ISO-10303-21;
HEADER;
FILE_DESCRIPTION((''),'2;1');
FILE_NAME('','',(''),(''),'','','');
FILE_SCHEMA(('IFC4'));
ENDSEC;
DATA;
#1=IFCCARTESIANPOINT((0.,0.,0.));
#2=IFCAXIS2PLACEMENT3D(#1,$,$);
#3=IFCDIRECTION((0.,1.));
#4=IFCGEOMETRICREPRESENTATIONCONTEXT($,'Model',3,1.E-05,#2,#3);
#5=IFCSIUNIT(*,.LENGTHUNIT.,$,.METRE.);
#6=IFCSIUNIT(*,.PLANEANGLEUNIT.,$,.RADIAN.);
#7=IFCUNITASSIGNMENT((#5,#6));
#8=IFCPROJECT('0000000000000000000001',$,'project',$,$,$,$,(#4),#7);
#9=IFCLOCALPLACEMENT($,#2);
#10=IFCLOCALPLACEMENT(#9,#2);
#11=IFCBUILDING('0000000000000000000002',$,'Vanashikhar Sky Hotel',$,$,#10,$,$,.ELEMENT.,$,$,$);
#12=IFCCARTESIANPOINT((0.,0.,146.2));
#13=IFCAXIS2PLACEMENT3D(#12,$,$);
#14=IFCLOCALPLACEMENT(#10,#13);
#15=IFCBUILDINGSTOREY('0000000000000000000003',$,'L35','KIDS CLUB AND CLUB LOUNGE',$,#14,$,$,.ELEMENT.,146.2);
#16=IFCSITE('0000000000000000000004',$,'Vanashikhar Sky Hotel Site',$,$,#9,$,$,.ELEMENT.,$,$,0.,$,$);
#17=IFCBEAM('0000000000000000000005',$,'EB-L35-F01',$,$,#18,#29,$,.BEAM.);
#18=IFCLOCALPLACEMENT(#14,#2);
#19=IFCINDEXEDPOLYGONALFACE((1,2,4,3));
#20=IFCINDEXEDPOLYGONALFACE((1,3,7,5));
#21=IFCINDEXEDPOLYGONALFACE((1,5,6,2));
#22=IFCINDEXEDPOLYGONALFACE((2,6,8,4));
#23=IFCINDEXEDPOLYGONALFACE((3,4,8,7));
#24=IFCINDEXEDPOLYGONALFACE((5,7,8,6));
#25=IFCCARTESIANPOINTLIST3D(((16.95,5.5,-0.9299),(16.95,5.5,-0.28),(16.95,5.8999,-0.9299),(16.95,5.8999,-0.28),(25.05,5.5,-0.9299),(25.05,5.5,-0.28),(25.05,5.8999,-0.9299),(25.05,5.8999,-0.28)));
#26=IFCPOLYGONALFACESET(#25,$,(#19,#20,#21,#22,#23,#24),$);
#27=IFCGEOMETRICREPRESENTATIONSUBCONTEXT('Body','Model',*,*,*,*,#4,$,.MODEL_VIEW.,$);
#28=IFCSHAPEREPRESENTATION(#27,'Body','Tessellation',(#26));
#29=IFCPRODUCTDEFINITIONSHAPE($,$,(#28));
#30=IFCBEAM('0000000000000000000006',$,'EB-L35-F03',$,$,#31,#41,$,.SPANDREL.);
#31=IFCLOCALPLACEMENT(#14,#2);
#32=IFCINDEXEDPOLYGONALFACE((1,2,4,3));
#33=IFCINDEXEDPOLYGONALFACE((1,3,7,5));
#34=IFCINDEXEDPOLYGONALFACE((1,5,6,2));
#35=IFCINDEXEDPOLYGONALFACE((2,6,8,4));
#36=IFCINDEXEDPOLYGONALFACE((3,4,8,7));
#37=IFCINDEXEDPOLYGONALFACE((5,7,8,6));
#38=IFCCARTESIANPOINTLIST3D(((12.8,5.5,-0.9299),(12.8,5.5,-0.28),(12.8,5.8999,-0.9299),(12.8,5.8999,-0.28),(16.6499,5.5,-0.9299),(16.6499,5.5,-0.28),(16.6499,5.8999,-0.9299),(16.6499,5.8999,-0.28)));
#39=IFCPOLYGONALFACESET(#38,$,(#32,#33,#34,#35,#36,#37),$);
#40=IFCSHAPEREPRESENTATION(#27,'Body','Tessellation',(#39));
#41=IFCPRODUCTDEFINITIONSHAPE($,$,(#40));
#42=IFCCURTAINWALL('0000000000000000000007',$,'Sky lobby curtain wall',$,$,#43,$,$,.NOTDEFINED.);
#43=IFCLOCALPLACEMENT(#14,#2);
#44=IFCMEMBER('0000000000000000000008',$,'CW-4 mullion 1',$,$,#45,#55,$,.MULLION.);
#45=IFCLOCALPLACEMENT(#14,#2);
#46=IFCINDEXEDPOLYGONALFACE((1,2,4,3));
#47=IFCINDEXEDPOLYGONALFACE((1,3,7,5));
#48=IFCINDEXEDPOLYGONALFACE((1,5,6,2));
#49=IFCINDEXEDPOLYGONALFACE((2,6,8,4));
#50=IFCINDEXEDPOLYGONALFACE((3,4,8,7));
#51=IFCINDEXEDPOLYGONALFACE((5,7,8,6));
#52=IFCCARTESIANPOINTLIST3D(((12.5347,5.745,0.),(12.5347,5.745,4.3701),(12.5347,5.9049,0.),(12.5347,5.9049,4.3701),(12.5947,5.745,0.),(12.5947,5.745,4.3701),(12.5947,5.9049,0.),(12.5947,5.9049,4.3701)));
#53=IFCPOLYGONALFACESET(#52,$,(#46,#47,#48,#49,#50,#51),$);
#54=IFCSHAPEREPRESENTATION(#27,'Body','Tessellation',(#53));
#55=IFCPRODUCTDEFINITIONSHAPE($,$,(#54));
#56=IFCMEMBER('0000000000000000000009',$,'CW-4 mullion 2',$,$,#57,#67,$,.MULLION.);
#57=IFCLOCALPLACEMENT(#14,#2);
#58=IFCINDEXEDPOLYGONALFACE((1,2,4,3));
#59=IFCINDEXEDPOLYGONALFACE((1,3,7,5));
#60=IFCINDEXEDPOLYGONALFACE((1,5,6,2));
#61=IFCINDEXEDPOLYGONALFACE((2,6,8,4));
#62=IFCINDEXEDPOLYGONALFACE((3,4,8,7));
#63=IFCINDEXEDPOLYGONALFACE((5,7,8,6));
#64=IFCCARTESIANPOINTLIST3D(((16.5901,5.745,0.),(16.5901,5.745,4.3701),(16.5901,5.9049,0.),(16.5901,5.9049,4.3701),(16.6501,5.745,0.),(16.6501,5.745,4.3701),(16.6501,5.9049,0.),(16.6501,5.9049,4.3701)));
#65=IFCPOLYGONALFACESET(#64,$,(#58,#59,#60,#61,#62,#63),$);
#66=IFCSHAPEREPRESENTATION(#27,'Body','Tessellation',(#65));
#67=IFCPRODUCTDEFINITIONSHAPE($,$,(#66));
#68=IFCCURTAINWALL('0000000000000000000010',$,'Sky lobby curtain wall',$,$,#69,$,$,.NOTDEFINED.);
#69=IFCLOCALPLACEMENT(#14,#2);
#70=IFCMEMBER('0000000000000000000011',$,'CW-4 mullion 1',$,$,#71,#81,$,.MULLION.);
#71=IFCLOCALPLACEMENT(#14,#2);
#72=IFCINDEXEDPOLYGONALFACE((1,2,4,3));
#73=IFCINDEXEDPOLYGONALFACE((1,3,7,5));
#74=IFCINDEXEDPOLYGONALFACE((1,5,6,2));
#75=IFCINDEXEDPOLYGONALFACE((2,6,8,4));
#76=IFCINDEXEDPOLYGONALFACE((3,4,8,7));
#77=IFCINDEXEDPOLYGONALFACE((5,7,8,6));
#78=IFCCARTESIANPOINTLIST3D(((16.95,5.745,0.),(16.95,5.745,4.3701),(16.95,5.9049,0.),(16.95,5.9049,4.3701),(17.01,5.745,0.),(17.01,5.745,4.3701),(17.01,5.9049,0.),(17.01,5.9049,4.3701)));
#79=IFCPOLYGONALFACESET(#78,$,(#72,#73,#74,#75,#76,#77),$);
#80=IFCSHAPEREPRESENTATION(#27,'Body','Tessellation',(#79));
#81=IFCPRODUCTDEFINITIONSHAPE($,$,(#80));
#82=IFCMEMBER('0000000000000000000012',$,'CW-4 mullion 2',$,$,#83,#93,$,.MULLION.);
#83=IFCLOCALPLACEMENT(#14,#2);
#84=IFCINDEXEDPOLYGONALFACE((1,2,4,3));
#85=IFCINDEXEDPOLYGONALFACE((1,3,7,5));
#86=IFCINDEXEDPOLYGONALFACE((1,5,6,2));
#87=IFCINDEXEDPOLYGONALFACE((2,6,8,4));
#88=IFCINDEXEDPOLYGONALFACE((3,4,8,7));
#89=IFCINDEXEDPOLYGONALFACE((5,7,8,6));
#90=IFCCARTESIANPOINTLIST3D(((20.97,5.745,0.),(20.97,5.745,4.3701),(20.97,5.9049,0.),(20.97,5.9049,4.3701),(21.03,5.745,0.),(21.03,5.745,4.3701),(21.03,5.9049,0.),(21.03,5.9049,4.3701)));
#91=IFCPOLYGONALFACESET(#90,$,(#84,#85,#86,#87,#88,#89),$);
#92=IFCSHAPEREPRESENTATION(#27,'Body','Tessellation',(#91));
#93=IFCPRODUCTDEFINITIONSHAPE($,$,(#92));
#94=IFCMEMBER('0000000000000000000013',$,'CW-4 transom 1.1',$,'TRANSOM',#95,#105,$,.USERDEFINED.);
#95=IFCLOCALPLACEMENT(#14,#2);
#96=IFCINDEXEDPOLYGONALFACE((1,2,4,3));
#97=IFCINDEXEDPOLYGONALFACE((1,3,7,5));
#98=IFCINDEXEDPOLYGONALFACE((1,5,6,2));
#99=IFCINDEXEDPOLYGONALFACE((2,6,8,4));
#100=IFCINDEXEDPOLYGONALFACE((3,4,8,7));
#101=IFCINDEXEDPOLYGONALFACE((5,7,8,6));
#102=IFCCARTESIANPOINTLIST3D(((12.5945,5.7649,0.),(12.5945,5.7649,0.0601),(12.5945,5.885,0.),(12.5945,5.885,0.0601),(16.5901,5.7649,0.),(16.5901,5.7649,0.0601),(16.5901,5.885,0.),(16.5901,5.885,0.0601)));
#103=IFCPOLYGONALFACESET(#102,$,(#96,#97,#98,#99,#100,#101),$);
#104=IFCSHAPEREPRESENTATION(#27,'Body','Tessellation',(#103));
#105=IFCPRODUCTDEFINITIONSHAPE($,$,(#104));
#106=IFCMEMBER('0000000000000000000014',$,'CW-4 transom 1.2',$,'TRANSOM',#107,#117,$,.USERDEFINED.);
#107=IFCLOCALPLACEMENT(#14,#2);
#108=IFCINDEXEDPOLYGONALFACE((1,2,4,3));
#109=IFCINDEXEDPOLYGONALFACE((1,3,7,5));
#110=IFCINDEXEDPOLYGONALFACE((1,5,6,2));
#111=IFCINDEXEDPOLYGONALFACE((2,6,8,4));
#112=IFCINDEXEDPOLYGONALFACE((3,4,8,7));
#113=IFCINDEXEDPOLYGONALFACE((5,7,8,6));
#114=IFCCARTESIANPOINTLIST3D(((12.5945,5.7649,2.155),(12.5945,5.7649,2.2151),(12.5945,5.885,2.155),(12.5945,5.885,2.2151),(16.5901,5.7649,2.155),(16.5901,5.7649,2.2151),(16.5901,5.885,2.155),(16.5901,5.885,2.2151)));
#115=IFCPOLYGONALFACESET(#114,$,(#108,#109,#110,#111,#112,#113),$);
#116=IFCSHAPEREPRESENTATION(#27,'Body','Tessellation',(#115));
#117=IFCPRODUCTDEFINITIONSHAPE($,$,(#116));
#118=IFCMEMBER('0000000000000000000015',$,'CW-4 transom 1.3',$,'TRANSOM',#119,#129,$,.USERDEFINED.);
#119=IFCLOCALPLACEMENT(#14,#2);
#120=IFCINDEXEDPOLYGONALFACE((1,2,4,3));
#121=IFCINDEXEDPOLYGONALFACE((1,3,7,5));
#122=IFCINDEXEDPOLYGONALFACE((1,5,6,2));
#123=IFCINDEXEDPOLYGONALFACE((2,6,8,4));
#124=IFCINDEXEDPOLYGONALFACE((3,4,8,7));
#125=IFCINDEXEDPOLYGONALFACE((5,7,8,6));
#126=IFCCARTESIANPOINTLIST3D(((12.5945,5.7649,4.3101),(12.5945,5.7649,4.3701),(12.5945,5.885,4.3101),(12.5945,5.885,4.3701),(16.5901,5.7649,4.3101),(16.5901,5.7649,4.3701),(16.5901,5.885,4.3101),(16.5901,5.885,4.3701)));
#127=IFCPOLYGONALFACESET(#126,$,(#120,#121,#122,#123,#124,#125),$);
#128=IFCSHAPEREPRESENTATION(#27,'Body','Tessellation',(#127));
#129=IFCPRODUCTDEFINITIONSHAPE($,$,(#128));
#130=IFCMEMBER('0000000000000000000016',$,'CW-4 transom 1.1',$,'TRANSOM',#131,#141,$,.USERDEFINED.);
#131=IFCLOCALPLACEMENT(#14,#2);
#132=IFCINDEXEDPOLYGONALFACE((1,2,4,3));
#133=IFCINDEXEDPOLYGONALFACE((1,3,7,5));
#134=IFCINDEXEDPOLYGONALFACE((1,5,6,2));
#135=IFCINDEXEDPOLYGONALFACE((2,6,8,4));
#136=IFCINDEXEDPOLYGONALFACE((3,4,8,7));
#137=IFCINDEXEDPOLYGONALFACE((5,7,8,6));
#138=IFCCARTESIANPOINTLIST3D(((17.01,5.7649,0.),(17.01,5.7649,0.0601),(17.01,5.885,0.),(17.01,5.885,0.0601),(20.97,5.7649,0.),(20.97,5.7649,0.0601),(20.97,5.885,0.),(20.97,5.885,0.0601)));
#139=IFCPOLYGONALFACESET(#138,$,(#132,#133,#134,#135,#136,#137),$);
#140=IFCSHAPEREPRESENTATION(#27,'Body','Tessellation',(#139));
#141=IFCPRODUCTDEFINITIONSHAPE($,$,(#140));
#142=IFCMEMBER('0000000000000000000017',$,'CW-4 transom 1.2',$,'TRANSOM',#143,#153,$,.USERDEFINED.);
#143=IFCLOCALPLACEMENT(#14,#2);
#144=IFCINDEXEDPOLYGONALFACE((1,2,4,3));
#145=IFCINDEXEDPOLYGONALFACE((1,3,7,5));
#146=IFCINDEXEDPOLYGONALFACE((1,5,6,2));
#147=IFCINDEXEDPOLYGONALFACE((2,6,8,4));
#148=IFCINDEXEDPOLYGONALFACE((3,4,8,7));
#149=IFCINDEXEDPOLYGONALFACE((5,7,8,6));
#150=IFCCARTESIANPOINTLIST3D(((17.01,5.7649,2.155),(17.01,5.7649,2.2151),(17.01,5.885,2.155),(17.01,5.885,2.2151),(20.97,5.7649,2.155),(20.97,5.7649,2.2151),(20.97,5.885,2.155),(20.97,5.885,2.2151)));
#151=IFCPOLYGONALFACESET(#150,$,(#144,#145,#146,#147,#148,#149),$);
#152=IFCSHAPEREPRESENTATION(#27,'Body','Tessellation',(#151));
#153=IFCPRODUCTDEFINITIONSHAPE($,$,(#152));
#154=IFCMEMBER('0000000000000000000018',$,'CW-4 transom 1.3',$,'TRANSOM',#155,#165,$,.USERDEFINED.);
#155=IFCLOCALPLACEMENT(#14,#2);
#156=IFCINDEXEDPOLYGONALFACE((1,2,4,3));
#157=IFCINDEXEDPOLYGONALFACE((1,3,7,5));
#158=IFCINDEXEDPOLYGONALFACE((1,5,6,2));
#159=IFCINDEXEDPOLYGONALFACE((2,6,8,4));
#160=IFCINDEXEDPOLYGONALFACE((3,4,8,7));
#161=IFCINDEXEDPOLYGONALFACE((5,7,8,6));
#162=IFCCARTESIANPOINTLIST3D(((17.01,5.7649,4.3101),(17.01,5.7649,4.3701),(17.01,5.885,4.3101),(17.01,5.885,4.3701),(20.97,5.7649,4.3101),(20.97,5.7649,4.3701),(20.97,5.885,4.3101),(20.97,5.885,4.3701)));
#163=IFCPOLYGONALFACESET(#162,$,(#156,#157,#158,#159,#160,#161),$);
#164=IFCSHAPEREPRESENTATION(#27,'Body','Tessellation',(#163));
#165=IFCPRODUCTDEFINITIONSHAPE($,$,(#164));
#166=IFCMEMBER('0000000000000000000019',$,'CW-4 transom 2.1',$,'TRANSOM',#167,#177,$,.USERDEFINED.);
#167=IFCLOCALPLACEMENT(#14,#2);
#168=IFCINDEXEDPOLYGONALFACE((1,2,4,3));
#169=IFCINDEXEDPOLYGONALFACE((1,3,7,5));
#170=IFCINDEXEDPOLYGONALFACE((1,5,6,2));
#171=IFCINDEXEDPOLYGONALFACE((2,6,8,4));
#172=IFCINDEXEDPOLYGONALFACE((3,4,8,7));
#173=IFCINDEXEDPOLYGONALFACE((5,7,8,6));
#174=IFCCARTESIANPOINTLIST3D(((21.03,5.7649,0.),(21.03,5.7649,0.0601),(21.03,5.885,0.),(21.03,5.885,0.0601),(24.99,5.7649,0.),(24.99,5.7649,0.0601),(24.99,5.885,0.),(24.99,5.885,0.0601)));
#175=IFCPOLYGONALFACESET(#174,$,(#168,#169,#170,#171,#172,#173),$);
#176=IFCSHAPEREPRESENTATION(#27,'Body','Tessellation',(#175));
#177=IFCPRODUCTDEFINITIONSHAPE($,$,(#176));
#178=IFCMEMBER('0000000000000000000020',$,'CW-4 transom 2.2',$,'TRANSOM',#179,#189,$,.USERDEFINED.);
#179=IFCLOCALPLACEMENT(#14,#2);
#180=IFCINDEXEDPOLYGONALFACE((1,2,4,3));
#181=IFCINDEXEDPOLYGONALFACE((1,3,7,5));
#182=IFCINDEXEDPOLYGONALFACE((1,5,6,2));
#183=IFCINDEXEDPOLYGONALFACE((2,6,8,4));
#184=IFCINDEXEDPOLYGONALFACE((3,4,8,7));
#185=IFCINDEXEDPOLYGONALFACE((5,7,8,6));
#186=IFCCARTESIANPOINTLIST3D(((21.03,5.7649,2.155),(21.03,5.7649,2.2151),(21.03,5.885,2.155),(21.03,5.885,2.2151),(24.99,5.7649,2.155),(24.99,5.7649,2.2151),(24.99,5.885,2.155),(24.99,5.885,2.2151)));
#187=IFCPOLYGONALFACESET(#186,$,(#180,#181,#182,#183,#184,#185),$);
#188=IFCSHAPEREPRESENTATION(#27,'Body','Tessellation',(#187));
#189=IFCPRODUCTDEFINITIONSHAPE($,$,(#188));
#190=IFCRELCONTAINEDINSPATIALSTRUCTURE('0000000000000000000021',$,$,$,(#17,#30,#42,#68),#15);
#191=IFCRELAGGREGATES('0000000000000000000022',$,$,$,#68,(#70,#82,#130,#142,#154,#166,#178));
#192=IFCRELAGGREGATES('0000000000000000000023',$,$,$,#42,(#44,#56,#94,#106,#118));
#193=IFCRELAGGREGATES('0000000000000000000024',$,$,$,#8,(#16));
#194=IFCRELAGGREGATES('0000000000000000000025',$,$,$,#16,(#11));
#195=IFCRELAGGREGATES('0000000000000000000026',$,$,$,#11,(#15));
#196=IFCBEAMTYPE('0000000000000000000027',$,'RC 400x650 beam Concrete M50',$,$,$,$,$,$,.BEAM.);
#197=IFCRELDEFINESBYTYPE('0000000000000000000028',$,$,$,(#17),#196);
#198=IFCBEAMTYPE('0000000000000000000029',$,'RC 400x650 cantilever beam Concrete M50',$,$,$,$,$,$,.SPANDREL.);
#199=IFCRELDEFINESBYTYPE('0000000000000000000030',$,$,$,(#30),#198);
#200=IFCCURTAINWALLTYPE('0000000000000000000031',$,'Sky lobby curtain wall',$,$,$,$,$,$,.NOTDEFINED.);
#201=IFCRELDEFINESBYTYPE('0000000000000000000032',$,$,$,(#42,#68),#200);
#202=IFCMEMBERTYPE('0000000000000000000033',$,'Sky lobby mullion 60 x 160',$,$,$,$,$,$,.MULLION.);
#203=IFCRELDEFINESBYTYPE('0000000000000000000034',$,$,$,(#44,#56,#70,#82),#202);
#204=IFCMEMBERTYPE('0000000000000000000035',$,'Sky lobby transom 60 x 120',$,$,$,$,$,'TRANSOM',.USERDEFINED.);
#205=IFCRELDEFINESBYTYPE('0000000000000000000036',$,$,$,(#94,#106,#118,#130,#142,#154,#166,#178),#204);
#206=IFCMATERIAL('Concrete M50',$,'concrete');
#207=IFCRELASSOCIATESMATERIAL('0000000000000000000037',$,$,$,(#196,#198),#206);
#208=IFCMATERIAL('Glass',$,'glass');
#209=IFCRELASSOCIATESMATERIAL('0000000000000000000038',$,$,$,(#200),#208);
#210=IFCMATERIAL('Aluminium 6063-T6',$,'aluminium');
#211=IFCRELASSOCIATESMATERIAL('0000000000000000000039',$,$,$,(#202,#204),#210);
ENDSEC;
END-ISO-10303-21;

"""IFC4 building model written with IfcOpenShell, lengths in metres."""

from ifc_helpers import new_model, si_unit, direction, frame, origin, origin_2d, place, context, subcontext, project, spatial, rectangle, extrude, source, transform, mapped, material, material_profile, profile_set, type_object, element, aggregate, save


model = new_model("IFC4")

# Units and contexts
model_context = context("Model", 3, precision=1e-05, world=origin(), true_north=direction((0.0, 1.0)))
body_context = subcontext(model_context, "Body", "Model", "MODEL_VIEW")
ifc_project = project(units=[si_unit("LENGTHUNIT", "METRE"), si_unit("PLANEANGLEUNIT", "RADIAN")], contexts=[model_context])

# Site, building, storey
site_placement = place(None, origin())
site = spatial("IfcSite", under=ifc_project, at=site_placement, Name="Vanashikhar Sky Hotel Site", CompositionType="ELEMENT", RefElevation=0.0)
building_placement = place(site_placement, origin())
building = spatial("IfcBuilding", under=site, at=building_placement, Name="Vanashikhar Sky Hotel", CompositionType="ELEMENT")
storey_placement = place(building_placement, frame((0.0, 0.0, 146.2)))
storey = spatial("IfcBuildingStorey", under=building, at=storey_placement, Name="L35", Description="KIDS CLUB AND CLUB LOUNGE", CompositionType="ELEMENT", Elevation=146.2)

# Beams
ifc_material_1 = material(Name="Concrete M50", Category="concrete")
ifc_material_profile_1 = material_profile(ifc_material_1, rectangle(XDim=0.3999, YDim=0.6499, at=origin_2d()))
ifc_profile_set_1 = profile_set([ifc_material_profile_1], Name="RC 400x650 beam Concrete M50")
beam_type_1 = type_object("IfcBeamType", Name="RC 400x650 beam Concrete M50", PredefinedType="BEAM", material=ifc_profile_set_1)
shared_shape_1 = source(origin(), body_context, "Body", "SweptSolid", [
    extrude(rectangle(XDim=0.3999, YDim=0.6499, at=origin_2d()), origin(), (0.0, 0.0, 1.0), 8.1001),
])
beam_1_placement = place(storey_placement, frame((16.95, 5.7, -0.605), z_axis=(1.0, 0.0, 0.0), x_axis=(0.0, 1.0, 0.0)))
element("IfcBeam", 1, at=beam_1_placement, inside=storey, type_object=beam_type_1, Name="EB-L35-F01", PredefinedType="BEAM", context=body_context, shape_type="MappedRepresentation", body=[
    mapped(shared_shape_1, transform((0.0, 0.0, 0.0), scale=1.0)),
])
ifc_material_profile_2 = material_profile(ifc_material_1, rectangle(XDim=0.3999, YDim=0.6499, at=origin_2d()))
ifc_profile_set_2 = profile_set([ifc_material_profile_2], Name="RC 400x650 cantilever beam Concrete M50")
beam_type_2 = type_object("IfcBeamType", Name="RC 400x650 cantilever beam Concrete M50", PredefinedType="SPANDREL", material=ifc_profile_set_2)
shared_shape_2 = source(origin(), body_context, "Body", "SweptSolid", [
    extrude(rectangle(XDim=0.3999, YDim=0.6499, at=origin_2d()), origin(), (0.0, 0.0, 1.0), 3.8499),
])
beam_2_placement = place(storey_placement, frame((12.8, 5.7, -0.605), z_axis=(1.0, 0.0, 0.0), x_axis=(0.0, 1.0, 0.0)))
element("IfcBeam", 2, at=beam_2_placement, inside=storey, type_object=beam_type_2, Name="EB-L35-F03", PredefinedType="SPANDREL", context=body_context, shape_type="MappedRepresentation", body=[
    mapped(shared_shape_2, transform((0.0, 0.0, 0.0), scale=1.0)),
])

# Curtain walls, members
ifc_material_2 = material(Name="Glass", Category="glass")
curtain_wall_type = type_object("IfcCurtainWallType", Name="Sky lobby curtain wall", PredefinedType="NOTDEFINED", material=ifc_material_2)
curtain_wall_1_placement = place(storey_placement, origin())
curtain_wall_1 = element("IfcCurtainWall", 3, at=curtain_wall_1_placement, inside=storey, type_object=curtain_wall_type, Name="Sky lobby curtain wall", PredefinedType="NOTDEFINED")
ifc_material_3 = material(Name="Aluminium 6063-T6", Category="aluminium")
ifc_material_profile_3 = material_profile(ifc_material_3, rectangle(XDim=0.1599, YDim=0.0601, at=origin_2d()))
ifc_profile_set_3 = profile_set([ifc_material_profile_3], Name="Aluminium 6063-T6")
member_type_1 = type_object("IfcMemberType", Name="Sky lobby mullion 60 x 160", PredefinedType="MULLION", material=ifc_profile_set_3)
shared_shape_3 = source(origin(), body_context, "Body", "SweptSolid", [
    extrude(rectangle(XDim=0.1599, YDim=0.0601, at=origin_2d()), origin(), (0.0, 0.0, 1.0), 4.3701),
])
member_1_placement = place(storey_placement, frame((12.5647, 5.825, 0.0), z_axis=(0.0, 0.0, 1.0), x_axis=(0.0, 1.0, 0.0)))
member_1 = element("IfcMember", 4, at=member_1_placement, type_object=member_type_1, Name="CW-4 mullion 1", PredefinedType="MULLION", context=body_context, shape_type="MappedRepresentation", body=[
    mapped(shared_shape_3, transform((0.0, 0.0, 0.0), scale=1.0)),
])
member_2_placement = place(storey_placement, frame((16.6201, 5.825, 0.0), z_axis=(0.0, 0.0, 1.0), x_axis=(0.0, 1.0, 0.0)))
member_2 = element("IfcMember", 5, at=member_2_placement, type_object=member_type_1, Name="CW-4 mullion 2", PredefinedType="MULLION", context=body_context, shape_type="MappedRepresentation", body=[
    mapped(shared_shape_3, transform((0.0, 0.0, 0.0), scale=1.0)),
])
curtain_wall_2_placement = place(storey_placement, origin())
curtain_wall_2 = element("IfcCurtainWall", 6, at=curtain_wall_2_placement, inside=storey, type_object=curtain_wall_type, Name="Sky lobby curtain wall", PredefinedType="NOTDEFINED")
member_3_placement = place(storey_placement, frame((16.98, 5.825, 0.0), z_axis=(0.0, 0.0, 1.0), x_axis=(0.0, 1.0, 0.0)))
member_3 = element("IfcMember", 7, at=member_3_placement, type_object=member_type_1, Name="CW-4 mullion 1", PredefinedType="MULLION", context=body_context, shape_type="MappedRepresentation", body=[
    mapped(shared_shape_3, transform((0.0, 0.0, 0.0), scale=1.0)),
])
member_4_placement = place(storey_placement, frame((21.0, 5.825, 0.0), z_axis=(0.0, 0.0, 1.0), x_axis=(0.0, 1.0, 0.0)))
member_4 = element("IfcMember", 8, at=member_4_placement, type_object=member_type_1, Name="CW-4 mullion 2", PredefinedType="MULLION", context=body_context, shape_type="MappedRepresentation", body=[
    mapped(shared_shape_3, transform((0.0, 0.0, 0.0), scale=1.0)),
])

# Members
ifc_material_profile_4 = material_profile(ifc_material_3, rectangle(XDim=0.1201, YDim=0.0601, at=origin_2d()))
ifc_profile_set_4 = profile_set([ifc_material_profile_4], Name="Aluminium 6063-T6")
member_type_2 = type_object("IfcMemberType", Name="Sky lobby transom 60 x 120", ElementType="TRANSOM", PredefinedType="USERDEFINED", material=ifc_profile_set_4)
shared_shape_4 = source(origin(), body_context, "Body", "SweptSolid", [
    extrude(rectangle(XDim=0.1201, YDim=0.0601, at=origin_2d()), origin(), (0.0, 0.0, 1.0), 3.9956),
])
member_5_placement = place(storey_placement, frame((12.5945, 5.825, 0.03), z_axis=(1.0, 0.0, 0.0), x_axis=(0.0, 1.0, 0.0)))
member_5 = element("IfcMember", 9, at=member_5_placement, type_object=member_type_2, Name="CW-4 transom 1.1", ObjectType="TRANSOM", PredefinedType="USERDEFINED", context=body_context, shape_type="MappedRepresentation", body=[
    mapped(shared_shape_4, transform((0.0, 0.0, 0.0), scale=1.0)),
])
member_6_placement = place(storey_placement, frame((12.5945, 5.825, 2.1851), z_axis=(1.0, 0.0, 0.0), x_axis=(0.0, 1.0, 0.0)))
member_6 = element("IfcMember", 10, at=member_6_placement, type_object=member_type_2, Name="CW-4 transom 1.2", ObjectType="TRANSOM", PredefinedType="USERDEFINED", context=body_context, shape_type="MappedRepresentation", body=[
    mapped(shared_shape_4, transform((0.0, 0.0, 0.0), scale=1.0)),
])
member_7_placement = place(storey_placement, frame((12.5945, 5.825, 4.3401), z_axis=(1.0, 0.0, 0.0), x_axis=(0.0, 1.0, 0.0)))
member_7 = element("IfcMember", 11, at=member_7_placement, type_object=member_type_2, Name="CW-4 transom 1.3", ObjectType="TRANSOM", PredefinedType="USERDEFINED", context=body_context, shape_type="MappedRepresentation", body=[
    mapped(shared_shape_4, transform((0.0, 0.0, 0.0), scale=1.0)),
])
shared_shape_5 = source(origin(), body_context, "Body", "SweptSolid", [
    extrude(rectangle(XDim=0.1201, YDim=0.0601, at=origin_2d()), origin(), (0.0, 0.0, 1.0), 3.96),
])
member_8_placement = place(storey_placement, frame((17.01, 5.825, 0.03), z_axis=(1.0, 0.0, 0.0), x_axis=(0.0, 1.0, 0.0)))
member_8 = element("IfcMember", 12, at=member_8_placement, type_object=member_type_2, Name="CW-4 transom 1.1", ObjectType="TRANSOM", PredefinedType="USERDEFINED", context=body_context, shape_type="MappedRepresentation", body=[
    mapped(shared_shape_5, transform((0.0, 0.0, 0.0), scale=1.0)),
])
member_9_placement = place(storey_placement, frame((17.01, 5.825, 2.1851), z_axis=(1.0, 0.0, 0.0), x_axis=(0.0, 1.0, 0.0)))
member_9 = element("IfcMember", 13, at=member_9_placement, type_object=member_type_2, Name="CW-4 transom 1.2", ObjectType="TRANSOM", PredefinedType="USERDEFINED", context=body_context, shape_type="MappedRepresentation", body=[
    mapped(shared_shape_5, transform((0.0, 0.0, 0.0), scale=1.0)),
])
member_10_placement = place(storey_placement, frame((17.01, 5.825, 4.3401), z_axis=(1.0, 0.0, 0.0), x_axis=(0.0, 1.0, 0.0)))
member_10 = element("IfcMember", 14, at=member_10_placement, type_object=member_type_2, Name="CW-4 transom 1.3", ObjectType="TRANSOM", PredefinedType="USERDEFINED", context=body_context, shape_type="MappedRepresentation", body=[
    mapped(shared_shape_5, transform((0.0, 0.0, 0.0), scale=1.0)),
])
member_11_placement = place(storey_placement, frame((21.03, 5.825, 0.03), z_axis=(1.0, 0.0, 0.0), x_axis=(0.0, 1.0, 0.0)))
member_11 = element("IfcMember", 15, at=member_11_placement, type_object=member_type_2, Name="CW-4 transom 2.1", ObjectType="TRANSOM", PredefinedType="USERDEFINED", context=body_context, shape_type="MappedRepresentation", body=[
    mapped(shared_shape_5, transform((0.0, 0.0, 0.0), scale=1.0)),
])
member_12_placement = place(storey_placement, frame((21.03, 5.825, 2.1851), z_axis=(1.0, 0.0, 0.0), x_axis=(0.0, 1.0, 0.0)))
member_12 = element("IfcMember", 16, at=member_12_placement, type_object=member_type_2, Name="CW-4 transom 2.2", ObjectType="TRANSOM", PredefinedType="USERDEFINED", context=body_context, shape_type="MappedRepresentation", body=[
    mapped(shared_shape_5, transform((0.0, 0.0, 0.0), scale=1.0)),
])

aggregate(curtain_wall_2, [member_3, member_4, member_8, member_9, member_10, member_11, member_12])
aggregate(curtain_wall_1, [member_1, member_2, member_5, member_6, member_7])

save(model, "model.ifc")
